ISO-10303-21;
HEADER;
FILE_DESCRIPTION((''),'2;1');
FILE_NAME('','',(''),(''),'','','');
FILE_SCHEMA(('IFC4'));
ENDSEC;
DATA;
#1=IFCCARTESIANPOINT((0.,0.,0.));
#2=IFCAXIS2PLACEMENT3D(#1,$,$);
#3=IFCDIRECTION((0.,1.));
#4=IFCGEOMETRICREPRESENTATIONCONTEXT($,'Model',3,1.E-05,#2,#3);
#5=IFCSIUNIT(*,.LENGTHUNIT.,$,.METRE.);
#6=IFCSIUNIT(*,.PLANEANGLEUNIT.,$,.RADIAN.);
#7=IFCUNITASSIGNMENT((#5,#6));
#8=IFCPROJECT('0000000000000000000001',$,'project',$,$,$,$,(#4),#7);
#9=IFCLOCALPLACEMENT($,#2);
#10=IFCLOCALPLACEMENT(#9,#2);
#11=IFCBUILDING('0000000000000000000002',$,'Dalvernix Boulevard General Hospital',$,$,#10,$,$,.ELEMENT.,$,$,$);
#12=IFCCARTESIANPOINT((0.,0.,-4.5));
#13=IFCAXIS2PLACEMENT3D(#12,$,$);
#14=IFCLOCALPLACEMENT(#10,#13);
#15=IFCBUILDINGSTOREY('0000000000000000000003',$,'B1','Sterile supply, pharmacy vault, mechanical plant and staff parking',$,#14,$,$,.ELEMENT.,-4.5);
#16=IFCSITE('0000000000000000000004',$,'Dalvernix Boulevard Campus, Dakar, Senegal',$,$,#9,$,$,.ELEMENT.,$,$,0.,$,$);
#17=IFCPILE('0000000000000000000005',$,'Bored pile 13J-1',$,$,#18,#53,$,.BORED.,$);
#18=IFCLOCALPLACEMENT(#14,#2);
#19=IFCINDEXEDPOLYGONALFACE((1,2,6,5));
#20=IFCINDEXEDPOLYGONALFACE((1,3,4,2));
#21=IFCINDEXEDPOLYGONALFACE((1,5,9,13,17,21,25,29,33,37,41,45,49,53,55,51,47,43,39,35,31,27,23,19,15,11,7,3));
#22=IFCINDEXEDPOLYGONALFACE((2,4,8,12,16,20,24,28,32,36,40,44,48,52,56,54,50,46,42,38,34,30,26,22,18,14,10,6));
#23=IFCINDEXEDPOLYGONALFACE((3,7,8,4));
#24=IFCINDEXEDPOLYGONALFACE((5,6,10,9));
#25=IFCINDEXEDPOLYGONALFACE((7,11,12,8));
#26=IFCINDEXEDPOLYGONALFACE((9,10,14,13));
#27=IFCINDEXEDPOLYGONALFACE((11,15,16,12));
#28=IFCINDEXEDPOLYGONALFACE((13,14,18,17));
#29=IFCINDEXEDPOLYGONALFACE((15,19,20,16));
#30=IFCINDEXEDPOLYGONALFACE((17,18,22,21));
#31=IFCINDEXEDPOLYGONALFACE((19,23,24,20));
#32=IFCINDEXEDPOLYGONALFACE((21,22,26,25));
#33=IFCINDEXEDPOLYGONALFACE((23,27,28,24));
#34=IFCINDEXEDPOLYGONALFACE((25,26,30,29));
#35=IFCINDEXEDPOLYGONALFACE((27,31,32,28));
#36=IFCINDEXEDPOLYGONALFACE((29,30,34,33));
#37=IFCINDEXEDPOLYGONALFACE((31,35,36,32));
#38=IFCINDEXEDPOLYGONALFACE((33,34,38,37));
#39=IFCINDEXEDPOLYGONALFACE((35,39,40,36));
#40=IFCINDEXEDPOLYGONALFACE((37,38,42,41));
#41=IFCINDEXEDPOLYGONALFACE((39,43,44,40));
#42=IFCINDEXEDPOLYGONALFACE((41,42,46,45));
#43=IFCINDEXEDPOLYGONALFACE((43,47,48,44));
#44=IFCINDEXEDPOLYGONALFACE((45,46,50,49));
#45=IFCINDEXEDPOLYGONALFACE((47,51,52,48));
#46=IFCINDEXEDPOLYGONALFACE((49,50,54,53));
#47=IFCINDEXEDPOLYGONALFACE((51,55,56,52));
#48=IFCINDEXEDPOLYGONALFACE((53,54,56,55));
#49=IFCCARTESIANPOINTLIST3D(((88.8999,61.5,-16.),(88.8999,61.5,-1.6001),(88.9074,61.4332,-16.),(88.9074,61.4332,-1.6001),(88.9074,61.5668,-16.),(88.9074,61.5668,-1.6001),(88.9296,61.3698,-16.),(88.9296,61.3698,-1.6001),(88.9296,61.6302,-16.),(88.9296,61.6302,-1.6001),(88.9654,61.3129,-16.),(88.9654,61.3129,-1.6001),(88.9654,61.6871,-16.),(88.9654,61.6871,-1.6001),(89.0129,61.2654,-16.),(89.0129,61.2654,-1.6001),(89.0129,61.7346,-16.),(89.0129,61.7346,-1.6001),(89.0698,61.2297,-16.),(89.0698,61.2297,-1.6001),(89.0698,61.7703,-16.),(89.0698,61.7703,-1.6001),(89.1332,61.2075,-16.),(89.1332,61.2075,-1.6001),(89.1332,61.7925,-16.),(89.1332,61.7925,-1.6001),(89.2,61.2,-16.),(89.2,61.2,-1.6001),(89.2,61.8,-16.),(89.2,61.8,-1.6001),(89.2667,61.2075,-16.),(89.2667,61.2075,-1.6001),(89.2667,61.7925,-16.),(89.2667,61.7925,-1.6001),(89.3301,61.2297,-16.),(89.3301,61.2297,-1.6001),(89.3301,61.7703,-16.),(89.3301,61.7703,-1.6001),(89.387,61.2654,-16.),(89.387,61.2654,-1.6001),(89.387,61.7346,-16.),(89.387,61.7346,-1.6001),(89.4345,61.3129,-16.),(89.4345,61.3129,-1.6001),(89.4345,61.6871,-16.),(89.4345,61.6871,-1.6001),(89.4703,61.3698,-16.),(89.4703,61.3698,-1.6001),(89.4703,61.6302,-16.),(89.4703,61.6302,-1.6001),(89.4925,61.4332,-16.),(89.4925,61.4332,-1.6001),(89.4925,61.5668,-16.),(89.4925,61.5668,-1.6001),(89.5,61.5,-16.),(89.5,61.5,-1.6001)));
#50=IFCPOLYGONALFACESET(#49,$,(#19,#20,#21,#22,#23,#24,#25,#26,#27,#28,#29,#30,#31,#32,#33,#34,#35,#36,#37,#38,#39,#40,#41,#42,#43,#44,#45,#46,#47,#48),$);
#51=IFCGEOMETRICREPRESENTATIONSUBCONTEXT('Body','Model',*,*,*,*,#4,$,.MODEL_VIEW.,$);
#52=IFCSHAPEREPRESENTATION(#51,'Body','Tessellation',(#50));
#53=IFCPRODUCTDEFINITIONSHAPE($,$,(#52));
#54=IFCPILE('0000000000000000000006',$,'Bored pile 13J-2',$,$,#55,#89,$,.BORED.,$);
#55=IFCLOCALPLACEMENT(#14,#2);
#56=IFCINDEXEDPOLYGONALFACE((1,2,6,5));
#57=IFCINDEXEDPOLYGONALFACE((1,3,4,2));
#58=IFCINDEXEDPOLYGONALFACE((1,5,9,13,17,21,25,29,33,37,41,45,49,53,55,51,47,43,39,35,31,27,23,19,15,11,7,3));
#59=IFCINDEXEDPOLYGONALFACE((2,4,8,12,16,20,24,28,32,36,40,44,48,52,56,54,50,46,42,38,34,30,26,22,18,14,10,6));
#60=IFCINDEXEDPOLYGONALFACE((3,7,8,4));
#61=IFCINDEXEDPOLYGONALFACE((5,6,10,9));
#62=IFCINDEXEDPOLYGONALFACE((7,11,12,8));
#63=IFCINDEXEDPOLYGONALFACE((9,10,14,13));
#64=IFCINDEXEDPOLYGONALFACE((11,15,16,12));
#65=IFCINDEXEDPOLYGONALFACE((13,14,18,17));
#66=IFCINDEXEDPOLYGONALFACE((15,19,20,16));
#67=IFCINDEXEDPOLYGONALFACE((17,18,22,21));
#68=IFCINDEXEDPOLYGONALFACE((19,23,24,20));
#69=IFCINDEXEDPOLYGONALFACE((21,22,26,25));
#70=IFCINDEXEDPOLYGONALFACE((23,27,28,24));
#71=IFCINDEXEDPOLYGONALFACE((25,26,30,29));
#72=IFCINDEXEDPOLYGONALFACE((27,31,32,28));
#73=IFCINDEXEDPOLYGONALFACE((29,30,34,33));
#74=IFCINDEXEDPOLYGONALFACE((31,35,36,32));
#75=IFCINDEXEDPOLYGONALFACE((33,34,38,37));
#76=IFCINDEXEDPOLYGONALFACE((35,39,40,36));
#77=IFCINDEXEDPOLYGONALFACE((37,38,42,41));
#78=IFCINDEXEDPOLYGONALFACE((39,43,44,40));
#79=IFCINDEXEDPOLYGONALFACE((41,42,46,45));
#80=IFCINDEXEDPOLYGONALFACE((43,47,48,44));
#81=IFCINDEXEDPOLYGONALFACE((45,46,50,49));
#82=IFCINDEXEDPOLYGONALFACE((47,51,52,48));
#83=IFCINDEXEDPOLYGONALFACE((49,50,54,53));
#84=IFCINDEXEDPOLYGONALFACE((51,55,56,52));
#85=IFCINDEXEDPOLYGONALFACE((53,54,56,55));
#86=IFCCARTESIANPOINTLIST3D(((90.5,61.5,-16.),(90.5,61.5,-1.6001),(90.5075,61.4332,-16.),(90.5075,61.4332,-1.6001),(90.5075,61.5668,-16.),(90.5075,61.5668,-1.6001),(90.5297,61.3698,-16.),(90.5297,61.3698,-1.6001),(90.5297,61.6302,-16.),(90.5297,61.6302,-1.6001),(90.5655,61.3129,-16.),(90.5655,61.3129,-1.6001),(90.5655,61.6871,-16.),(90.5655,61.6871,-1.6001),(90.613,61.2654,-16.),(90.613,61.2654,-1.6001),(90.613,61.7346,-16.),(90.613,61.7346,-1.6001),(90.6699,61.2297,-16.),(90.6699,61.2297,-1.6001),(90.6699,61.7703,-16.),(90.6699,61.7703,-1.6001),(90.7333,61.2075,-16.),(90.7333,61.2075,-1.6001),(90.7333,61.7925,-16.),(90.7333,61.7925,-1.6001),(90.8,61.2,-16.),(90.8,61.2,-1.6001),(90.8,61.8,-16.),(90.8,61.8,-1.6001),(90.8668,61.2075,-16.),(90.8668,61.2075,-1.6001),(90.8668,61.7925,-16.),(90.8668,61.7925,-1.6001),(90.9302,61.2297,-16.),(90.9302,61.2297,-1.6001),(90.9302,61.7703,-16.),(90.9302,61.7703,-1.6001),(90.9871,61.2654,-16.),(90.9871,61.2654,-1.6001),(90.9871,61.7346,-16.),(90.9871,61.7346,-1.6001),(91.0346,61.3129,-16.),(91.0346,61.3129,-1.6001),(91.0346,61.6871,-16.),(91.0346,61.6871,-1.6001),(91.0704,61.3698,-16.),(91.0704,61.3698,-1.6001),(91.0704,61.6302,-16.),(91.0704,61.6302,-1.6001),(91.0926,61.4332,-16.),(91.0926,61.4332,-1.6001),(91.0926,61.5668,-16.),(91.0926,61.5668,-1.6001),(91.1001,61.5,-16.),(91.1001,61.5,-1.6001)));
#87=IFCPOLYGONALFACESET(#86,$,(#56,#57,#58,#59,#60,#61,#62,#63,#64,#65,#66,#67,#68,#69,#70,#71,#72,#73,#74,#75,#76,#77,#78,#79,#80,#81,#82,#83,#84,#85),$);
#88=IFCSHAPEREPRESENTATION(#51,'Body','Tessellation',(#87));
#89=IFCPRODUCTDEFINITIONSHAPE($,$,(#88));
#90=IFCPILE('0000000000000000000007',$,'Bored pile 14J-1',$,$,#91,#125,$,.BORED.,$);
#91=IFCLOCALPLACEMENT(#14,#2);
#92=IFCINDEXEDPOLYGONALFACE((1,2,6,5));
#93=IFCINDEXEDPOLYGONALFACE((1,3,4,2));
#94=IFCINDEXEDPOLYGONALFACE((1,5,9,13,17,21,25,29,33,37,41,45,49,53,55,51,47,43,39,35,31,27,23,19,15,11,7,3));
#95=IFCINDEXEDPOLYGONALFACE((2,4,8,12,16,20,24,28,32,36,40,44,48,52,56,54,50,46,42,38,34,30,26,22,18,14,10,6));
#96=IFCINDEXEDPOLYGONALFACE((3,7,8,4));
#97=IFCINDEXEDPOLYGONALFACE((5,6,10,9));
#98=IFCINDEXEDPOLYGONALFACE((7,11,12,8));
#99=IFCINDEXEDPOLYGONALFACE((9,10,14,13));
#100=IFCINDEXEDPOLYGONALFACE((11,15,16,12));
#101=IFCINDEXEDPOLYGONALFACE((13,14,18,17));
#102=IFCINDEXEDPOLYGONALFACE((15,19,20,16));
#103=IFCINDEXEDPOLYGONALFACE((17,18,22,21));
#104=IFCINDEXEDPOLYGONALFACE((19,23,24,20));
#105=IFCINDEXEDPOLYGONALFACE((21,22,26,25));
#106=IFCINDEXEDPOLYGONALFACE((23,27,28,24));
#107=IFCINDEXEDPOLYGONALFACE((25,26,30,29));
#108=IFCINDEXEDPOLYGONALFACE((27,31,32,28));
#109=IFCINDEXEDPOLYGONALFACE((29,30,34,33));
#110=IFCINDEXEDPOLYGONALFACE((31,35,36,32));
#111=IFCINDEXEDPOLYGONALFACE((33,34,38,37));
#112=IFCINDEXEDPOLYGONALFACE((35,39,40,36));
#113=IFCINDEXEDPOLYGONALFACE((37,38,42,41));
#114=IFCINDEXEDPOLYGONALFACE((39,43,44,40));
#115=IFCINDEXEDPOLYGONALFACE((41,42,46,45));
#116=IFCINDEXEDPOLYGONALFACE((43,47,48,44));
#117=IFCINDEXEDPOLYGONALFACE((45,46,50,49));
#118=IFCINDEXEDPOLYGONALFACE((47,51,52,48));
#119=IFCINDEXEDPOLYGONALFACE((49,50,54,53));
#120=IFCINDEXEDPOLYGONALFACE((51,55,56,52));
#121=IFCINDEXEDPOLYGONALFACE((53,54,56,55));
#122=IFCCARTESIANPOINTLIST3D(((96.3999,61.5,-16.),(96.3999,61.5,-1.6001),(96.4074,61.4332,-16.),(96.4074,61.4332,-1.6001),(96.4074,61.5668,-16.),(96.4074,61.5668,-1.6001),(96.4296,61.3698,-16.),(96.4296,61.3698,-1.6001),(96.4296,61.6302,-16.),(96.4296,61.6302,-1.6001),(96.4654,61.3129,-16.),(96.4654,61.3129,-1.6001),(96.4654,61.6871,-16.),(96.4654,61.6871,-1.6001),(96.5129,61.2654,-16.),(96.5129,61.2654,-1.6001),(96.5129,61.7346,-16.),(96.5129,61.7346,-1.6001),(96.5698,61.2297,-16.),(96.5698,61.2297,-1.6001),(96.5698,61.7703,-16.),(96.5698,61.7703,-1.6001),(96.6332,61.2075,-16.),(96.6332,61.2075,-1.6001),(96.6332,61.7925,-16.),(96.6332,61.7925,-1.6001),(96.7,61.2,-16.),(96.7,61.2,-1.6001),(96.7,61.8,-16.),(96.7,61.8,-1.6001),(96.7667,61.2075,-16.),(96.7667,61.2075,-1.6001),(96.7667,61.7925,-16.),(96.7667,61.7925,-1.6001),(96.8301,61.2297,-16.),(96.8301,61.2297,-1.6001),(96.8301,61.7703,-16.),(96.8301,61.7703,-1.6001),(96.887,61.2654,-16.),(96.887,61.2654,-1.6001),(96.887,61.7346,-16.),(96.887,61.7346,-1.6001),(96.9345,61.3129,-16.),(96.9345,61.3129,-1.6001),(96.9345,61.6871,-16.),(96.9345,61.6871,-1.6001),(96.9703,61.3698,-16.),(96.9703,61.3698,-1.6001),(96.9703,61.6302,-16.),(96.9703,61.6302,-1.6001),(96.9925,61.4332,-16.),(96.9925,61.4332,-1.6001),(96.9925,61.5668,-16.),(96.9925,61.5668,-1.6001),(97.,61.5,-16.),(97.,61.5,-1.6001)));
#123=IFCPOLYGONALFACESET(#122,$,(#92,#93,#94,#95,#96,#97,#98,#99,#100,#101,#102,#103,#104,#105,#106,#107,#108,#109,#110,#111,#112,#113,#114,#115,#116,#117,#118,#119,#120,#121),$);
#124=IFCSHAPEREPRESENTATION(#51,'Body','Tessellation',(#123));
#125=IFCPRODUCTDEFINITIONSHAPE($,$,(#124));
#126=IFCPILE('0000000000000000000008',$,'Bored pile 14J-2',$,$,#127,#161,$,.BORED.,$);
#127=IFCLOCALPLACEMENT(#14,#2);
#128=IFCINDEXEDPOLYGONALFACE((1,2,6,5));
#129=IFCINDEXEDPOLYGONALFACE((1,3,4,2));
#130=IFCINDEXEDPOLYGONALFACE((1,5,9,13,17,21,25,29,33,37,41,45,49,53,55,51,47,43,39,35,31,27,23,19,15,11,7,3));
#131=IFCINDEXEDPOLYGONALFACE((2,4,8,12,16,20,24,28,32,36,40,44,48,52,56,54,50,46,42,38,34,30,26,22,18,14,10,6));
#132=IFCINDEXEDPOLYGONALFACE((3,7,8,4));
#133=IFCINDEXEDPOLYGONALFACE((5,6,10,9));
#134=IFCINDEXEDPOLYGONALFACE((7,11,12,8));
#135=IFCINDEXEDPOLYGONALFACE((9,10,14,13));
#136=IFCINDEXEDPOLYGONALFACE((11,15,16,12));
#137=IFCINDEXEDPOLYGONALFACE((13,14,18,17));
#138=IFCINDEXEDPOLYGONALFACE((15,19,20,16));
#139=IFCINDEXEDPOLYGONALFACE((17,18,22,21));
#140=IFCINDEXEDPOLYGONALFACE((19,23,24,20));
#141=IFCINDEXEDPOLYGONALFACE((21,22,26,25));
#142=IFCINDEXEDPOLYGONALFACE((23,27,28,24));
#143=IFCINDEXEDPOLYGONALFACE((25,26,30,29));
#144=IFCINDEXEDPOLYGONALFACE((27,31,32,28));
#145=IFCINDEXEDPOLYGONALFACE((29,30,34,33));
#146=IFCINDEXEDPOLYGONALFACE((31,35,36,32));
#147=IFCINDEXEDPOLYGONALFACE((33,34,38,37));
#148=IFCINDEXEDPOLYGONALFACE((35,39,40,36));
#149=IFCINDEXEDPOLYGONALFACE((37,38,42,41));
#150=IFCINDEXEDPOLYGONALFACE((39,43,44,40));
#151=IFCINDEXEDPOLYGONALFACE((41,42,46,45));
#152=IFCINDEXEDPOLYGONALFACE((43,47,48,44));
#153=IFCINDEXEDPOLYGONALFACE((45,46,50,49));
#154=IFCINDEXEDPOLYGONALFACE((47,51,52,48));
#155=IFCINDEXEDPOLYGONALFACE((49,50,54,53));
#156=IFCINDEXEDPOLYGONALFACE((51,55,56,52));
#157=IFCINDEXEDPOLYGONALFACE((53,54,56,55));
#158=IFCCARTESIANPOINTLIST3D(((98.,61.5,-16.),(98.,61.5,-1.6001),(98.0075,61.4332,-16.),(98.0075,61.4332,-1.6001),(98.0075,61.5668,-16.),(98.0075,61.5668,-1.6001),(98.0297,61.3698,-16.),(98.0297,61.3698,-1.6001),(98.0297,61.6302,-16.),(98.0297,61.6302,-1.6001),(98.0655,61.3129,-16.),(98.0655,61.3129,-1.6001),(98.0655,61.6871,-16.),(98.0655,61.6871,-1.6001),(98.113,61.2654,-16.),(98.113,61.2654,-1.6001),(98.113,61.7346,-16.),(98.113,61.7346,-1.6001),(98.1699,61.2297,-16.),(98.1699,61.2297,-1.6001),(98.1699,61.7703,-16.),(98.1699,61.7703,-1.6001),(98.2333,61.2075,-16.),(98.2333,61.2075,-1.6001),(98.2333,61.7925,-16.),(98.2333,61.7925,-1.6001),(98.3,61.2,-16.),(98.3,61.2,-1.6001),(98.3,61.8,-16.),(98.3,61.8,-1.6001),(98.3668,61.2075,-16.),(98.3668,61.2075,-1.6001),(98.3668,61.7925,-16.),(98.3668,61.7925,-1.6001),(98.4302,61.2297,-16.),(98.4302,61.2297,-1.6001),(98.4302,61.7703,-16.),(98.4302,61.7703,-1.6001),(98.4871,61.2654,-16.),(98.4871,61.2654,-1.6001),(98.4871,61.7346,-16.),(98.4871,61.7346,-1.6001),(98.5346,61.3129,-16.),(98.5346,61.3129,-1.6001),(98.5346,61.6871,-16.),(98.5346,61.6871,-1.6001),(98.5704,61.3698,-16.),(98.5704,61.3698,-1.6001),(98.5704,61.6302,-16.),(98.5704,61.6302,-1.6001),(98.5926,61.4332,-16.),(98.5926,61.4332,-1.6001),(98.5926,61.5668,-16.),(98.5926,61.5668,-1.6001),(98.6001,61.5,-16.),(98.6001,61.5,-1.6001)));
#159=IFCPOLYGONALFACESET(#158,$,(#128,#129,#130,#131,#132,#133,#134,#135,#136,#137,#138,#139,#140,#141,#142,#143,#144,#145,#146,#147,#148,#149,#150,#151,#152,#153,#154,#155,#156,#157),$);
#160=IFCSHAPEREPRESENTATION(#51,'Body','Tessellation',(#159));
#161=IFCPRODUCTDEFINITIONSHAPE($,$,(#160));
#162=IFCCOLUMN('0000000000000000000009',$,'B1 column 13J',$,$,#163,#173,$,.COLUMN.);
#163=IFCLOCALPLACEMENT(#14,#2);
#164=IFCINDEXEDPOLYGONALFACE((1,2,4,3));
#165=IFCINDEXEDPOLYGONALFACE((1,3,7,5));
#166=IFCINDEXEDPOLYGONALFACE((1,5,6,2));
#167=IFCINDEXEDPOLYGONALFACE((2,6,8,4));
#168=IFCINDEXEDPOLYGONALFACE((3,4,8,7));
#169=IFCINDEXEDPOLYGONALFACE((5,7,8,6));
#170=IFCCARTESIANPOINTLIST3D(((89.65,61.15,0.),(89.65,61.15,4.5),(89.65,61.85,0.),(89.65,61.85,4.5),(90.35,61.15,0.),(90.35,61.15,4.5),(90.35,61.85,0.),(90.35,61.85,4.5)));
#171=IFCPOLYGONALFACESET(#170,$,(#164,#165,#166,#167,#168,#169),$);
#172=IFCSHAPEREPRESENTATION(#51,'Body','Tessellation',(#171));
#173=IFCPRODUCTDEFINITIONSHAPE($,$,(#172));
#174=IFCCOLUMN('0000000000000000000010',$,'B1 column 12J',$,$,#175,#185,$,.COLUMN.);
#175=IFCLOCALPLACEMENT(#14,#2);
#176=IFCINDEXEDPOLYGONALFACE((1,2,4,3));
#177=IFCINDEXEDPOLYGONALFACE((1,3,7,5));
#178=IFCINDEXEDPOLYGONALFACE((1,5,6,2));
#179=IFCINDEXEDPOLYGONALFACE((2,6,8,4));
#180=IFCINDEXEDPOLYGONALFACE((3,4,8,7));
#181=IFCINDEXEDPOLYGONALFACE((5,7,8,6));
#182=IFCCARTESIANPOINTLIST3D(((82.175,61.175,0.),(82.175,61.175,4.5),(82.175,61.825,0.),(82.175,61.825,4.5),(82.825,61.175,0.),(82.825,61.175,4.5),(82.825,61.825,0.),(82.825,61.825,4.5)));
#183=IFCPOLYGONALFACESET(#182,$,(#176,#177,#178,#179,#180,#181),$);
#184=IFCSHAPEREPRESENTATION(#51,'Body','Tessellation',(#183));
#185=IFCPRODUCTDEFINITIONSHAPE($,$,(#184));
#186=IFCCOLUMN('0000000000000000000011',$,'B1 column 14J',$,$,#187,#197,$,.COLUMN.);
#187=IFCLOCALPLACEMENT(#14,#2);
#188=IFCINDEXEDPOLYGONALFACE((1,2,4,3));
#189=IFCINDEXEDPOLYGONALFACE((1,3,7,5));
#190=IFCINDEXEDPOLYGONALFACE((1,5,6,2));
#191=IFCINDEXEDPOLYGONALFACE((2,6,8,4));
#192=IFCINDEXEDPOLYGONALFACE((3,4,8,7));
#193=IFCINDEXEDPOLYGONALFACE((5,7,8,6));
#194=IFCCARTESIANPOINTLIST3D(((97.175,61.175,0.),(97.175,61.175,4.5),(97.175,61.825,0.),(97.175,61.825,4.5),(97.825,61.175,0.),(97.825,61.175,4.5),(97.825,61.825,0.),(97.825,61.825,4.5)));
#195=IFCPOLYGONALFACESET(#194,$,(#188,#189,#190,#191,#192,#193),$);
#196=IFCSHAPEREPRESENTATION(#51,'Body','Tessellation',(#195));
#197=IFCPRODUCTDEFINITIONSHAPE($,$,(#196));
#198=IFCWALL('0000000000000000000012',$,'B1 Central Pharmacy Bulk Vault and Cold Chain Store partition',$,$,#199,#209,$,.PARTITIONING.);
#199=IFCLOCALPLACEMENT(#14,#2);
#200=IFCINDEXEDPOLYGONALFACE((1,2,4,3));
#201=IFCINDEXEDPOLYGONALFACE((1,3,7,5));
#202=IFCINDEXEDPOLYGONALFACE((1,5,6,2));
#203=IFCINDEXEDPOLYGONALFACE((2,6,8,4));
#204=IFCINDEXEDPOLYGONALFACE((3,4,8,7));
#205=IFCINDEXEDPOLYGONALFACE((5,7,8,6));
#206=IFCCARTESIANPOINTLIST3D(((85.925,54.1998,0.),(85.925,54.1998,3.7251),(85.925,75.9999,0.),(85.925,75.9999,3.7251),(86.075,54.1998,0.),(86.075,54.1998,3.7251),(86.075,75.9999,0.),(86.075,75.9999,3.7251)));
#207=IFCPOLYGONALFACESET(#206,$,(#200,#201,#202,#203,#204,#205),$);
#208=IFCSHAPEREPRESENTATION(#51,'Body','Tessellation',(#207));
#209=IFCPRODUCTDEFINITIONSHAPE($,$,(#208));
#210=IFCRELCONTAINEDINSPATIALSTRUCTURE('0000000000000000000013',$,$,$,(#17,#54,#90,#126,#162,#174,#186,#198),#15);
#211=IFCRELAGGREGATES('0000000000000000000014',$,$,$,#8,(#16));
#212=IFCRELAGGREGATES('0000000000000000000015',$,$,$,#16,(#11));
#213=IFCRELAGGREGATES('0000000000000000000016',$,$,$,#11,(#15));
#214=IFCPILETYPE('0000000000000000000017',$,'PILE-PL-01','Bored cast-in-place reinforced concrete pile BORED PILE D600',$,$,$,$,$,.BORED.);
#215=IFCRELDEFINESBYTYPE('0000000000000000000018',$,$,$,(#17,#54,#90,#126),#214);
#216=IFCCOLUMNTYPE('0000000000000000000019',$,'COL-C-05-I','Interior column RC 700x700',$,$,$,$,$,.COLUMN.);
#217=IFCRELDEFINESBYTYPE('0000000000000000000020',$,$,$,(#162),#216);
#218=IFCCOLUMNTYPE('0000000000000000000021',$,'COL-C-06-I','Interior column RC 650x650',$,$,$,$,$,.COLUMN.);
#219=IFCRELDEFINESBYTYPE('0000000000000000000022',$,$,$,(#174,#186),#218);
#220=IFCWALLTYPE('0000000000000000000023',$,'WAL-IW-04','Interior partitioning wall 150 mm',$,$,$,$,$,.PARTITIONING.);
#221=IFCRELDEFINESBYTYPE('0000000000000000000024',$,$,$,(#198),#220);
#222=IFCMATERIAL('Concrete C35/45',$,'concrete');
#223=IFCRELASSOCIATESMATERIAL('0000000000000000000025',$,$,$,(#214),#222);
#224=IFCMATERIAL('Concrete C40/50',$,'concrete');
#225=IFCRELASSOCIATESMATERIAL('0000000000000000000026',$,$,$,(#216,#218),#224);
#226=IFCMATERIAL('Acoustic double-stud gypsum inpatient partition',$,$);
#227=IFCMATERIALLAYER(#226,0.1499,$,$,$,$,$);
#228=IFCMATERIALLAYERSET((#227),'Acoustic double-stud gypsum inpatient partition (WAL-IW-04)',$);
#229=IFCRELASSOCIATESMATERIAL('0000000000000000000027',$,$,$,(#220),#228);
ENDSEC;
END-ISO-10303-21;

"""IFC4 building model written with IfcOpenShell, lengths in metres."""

from ifc_helpers import new_model, si_unit, direction, frame, frame_2d, origin, origin_2d, place, context, subcontext, project, spatial, rectangle, circle, extrude, material, layer, layer_set, material_profile, profile_set, type_object, element, save


model = new_model("IFC4")

# Units and contexts
model_context = context("Model", 3, precision=1e-05, world=origin(), true_north=direction((0.0, 1.0)))
body_context = subcontext(model_context, "Body", "Model", "MODEL_VIEW")
ifc_project = project(units=[si_unit("LENGTHUNIT", "METRE"), si_unit("PLANEANGLEUNIT", "RADIAN")], contexts=[model_context])

# Site, building, storey
site_placement = place(None, origin())
site = spatial("IfcSite", under=ifc_project, at=site_placement, Name="Dalvernix Boulevard Campus, Dakar, Senegal", CompositionType="ELEMENT", RefElevation=0.0)
building_placement = place(site_placement, origin())
building = spatial("IfcBuilding", under=site, at=building_placement, Name="Dalvernix Boulevard General Hospital", CompositionType="ELEMENT")
storey_placement = place(building_placement, frame((0.0, 0.0, -4.5)))
storey = spatial("IfcBuildingStorey", under=building, at=storey_placement, Name="B1", Description="Sterile supply, pharmacy vault, mechanical plant and staff parking", CompositionType="ELEMENT", Elevation=-4.5)

# Shared definitions
ifc_material_1 = material(Name="Concrete C35/45", Category="concrete")
ifc_material_2 = material(Name="Concrete C40/50", Category="concrete")

# Piles
ifc_material_profile_1 = material_profile(ifc_material_1, circle(Radius=0.3, at=origin_2d()), Name="BORED PILE D600")
ifc_profile_set_1 = profile_set([ifc_material_profile_1], Name="Concrete C35/45")
pile_type = type_object("IfcPileType", Name="PILE-PL-01", Description="Bored cast-in-place reinforced concrete pile BORED PILE D600", PredefinedType="BORED", material=ifc_profile_set_1)
for number, where, z_axis, x_axis, name in (
    (1, (89.2, 61.5, -1.6001), (0.0, 0.0, -1.0), (1.0, 0.0, 0.0), "Bored pile 13J-1"),
    (2, (90.8, 61.5, -1.6001), (0.0, 0.0, -1.0), (1.0, 0.0, 0.0), "Bored pile 13J-2"),
    (3, (96.7, 61.5, -1.6001), (0.0, 0.0, -1.0), (1.0, 0.0, 0.0), "Bored pile 14J-1"),
    (4, (98.3, 61.5, -1.6001), (0.0, 0.0, -1.0), (1.0, 0.0, 0.0), "Bored pile 14J-2"),
):
    element("IfcPile", number, at=place(storey_placement, frame(where, z_axis=z_axis, x_axis=x_axis)), inside=storey, type_object=pile_type, Name=name, PredefinedType="BORED", context=body_context, shape_type="SweptSolid", body=[
        extrude(circle(Radius=0.3, at=origin_2d()), origin(), (0.0, 0.0, 1.0), 14.3999),
    ])

# Columns
ifc_material_profile_2 = material_profile(ifc_material_2, rectangle(XDim=0.7, YDim=0.7, at=origin_2d()), Name="RC 700x700")
ifc_profile_set_2 = profile_set([ifc_material_profile_2], Name="Concrete C40/50")
column_type_1 = type_object("IfcColumnType", Name="COL-C-05-I", Description="Interior column RC 700x700", PredefinedType="COLUMN", material=ifc_profile_set_2)
column_placement = place(storey_placement, frame((90.0, 61.5, 0.0), z_axis=(0.0, 0.0, 1.0), x_axis=(1.0, 0.0, 0.0)))
element("IfcColumn", 5, at=column_placement, inside=storey, type_object=column_type_1, Name="B1 column 13J", PredefinedType="COLUMN", context=body_context, shape_type="SweptSolid", body=[
    extrude(rectangle(XDim=0.7, YDim=0.7, at=origin_2d()), origin(), (0.0, 0.0, 1.0), 4.5),
])
ifc_material_profile_3 = material_profile(ifc_material_2, rectangle(XDim=0.6499, YDim=0.6499, at=origin_2d()), Name="RC 650x650")
ifc_profile_set_3 = profile_set([ifc_material_profile_3], Name="Concrete C40/50")
column_type_2 = type_object("IfcColumnType", Name="COL-C-06-I", Description="Interior column RC 650x650", PredefinedType="COLUMN", material=ifc_profile_set_3)
for number, where, z_axis, x_axis, name in (
    (6, (82.5, 61.5, 0.0), (0.0, 0.0, 1.0), (1.0, 0.0, 0.0), "B1 column 12J"),
    (7, (97.5, 61.5, 0.0), (0.0, 0.0, 1.0), (1.0, 0.0, 0.0), "B1 column 14J"),
):
    element("IfcColumn", number, at=place(storey_placement, frame(where, z_axis=z_axis, x_axis=x_axis)), inside=storey, type_object=column_type_2, Name=name, PredefinedType="COLUMN", context=body_context, shape_type="SweptSolid", body=[
        extrude(rectangle(XDim=0.6499, YDim=0.6499, at=origin_2d()), origin(), (0.0, 0.0, 1.0), 4.5),
    ])

# Wall
ifc_material_3 = material(Name="Acoustic double-stud gypsum inpatient partition")
ifc_layer = layer(ifc_material_3, 0.1499)
ifc_layer_set = layer_set([ifc_layer], Name="Acoustic double-stud gypsum inpatient partition (WAL-IW-04)")
wall_type = type_object("IfcWallType", Name="WAL-IW-04", Description="Interior partitioning wall 150 mm", PredefinedType="PARTITIONING", material=ifc_layer_set)
wall_placement = place(storey_placement, frame((86.0, 54.2, 0.0), z_axis=(0.0, 0.0, 1.0), x_axis=(0.0, 1.0, 0.0)))
element("IfcWall", 8, at=wall_placement, inside=storey, type_object=wall_type, Name="B1 Central Pharmacy Bulk Vault and Cold Chain Store partition", PredefinedType="PARTITIONING", context=body_context, shape_type="SweptSolid", body=[
    extrude(rectangle(XDim=21.8, YDim=0.1499, at=frame_2d((10.8999, 0.0))), origin(), (0.0, 0.0, 1.0), 3.7251),
])

save(model, "model.ifc")
